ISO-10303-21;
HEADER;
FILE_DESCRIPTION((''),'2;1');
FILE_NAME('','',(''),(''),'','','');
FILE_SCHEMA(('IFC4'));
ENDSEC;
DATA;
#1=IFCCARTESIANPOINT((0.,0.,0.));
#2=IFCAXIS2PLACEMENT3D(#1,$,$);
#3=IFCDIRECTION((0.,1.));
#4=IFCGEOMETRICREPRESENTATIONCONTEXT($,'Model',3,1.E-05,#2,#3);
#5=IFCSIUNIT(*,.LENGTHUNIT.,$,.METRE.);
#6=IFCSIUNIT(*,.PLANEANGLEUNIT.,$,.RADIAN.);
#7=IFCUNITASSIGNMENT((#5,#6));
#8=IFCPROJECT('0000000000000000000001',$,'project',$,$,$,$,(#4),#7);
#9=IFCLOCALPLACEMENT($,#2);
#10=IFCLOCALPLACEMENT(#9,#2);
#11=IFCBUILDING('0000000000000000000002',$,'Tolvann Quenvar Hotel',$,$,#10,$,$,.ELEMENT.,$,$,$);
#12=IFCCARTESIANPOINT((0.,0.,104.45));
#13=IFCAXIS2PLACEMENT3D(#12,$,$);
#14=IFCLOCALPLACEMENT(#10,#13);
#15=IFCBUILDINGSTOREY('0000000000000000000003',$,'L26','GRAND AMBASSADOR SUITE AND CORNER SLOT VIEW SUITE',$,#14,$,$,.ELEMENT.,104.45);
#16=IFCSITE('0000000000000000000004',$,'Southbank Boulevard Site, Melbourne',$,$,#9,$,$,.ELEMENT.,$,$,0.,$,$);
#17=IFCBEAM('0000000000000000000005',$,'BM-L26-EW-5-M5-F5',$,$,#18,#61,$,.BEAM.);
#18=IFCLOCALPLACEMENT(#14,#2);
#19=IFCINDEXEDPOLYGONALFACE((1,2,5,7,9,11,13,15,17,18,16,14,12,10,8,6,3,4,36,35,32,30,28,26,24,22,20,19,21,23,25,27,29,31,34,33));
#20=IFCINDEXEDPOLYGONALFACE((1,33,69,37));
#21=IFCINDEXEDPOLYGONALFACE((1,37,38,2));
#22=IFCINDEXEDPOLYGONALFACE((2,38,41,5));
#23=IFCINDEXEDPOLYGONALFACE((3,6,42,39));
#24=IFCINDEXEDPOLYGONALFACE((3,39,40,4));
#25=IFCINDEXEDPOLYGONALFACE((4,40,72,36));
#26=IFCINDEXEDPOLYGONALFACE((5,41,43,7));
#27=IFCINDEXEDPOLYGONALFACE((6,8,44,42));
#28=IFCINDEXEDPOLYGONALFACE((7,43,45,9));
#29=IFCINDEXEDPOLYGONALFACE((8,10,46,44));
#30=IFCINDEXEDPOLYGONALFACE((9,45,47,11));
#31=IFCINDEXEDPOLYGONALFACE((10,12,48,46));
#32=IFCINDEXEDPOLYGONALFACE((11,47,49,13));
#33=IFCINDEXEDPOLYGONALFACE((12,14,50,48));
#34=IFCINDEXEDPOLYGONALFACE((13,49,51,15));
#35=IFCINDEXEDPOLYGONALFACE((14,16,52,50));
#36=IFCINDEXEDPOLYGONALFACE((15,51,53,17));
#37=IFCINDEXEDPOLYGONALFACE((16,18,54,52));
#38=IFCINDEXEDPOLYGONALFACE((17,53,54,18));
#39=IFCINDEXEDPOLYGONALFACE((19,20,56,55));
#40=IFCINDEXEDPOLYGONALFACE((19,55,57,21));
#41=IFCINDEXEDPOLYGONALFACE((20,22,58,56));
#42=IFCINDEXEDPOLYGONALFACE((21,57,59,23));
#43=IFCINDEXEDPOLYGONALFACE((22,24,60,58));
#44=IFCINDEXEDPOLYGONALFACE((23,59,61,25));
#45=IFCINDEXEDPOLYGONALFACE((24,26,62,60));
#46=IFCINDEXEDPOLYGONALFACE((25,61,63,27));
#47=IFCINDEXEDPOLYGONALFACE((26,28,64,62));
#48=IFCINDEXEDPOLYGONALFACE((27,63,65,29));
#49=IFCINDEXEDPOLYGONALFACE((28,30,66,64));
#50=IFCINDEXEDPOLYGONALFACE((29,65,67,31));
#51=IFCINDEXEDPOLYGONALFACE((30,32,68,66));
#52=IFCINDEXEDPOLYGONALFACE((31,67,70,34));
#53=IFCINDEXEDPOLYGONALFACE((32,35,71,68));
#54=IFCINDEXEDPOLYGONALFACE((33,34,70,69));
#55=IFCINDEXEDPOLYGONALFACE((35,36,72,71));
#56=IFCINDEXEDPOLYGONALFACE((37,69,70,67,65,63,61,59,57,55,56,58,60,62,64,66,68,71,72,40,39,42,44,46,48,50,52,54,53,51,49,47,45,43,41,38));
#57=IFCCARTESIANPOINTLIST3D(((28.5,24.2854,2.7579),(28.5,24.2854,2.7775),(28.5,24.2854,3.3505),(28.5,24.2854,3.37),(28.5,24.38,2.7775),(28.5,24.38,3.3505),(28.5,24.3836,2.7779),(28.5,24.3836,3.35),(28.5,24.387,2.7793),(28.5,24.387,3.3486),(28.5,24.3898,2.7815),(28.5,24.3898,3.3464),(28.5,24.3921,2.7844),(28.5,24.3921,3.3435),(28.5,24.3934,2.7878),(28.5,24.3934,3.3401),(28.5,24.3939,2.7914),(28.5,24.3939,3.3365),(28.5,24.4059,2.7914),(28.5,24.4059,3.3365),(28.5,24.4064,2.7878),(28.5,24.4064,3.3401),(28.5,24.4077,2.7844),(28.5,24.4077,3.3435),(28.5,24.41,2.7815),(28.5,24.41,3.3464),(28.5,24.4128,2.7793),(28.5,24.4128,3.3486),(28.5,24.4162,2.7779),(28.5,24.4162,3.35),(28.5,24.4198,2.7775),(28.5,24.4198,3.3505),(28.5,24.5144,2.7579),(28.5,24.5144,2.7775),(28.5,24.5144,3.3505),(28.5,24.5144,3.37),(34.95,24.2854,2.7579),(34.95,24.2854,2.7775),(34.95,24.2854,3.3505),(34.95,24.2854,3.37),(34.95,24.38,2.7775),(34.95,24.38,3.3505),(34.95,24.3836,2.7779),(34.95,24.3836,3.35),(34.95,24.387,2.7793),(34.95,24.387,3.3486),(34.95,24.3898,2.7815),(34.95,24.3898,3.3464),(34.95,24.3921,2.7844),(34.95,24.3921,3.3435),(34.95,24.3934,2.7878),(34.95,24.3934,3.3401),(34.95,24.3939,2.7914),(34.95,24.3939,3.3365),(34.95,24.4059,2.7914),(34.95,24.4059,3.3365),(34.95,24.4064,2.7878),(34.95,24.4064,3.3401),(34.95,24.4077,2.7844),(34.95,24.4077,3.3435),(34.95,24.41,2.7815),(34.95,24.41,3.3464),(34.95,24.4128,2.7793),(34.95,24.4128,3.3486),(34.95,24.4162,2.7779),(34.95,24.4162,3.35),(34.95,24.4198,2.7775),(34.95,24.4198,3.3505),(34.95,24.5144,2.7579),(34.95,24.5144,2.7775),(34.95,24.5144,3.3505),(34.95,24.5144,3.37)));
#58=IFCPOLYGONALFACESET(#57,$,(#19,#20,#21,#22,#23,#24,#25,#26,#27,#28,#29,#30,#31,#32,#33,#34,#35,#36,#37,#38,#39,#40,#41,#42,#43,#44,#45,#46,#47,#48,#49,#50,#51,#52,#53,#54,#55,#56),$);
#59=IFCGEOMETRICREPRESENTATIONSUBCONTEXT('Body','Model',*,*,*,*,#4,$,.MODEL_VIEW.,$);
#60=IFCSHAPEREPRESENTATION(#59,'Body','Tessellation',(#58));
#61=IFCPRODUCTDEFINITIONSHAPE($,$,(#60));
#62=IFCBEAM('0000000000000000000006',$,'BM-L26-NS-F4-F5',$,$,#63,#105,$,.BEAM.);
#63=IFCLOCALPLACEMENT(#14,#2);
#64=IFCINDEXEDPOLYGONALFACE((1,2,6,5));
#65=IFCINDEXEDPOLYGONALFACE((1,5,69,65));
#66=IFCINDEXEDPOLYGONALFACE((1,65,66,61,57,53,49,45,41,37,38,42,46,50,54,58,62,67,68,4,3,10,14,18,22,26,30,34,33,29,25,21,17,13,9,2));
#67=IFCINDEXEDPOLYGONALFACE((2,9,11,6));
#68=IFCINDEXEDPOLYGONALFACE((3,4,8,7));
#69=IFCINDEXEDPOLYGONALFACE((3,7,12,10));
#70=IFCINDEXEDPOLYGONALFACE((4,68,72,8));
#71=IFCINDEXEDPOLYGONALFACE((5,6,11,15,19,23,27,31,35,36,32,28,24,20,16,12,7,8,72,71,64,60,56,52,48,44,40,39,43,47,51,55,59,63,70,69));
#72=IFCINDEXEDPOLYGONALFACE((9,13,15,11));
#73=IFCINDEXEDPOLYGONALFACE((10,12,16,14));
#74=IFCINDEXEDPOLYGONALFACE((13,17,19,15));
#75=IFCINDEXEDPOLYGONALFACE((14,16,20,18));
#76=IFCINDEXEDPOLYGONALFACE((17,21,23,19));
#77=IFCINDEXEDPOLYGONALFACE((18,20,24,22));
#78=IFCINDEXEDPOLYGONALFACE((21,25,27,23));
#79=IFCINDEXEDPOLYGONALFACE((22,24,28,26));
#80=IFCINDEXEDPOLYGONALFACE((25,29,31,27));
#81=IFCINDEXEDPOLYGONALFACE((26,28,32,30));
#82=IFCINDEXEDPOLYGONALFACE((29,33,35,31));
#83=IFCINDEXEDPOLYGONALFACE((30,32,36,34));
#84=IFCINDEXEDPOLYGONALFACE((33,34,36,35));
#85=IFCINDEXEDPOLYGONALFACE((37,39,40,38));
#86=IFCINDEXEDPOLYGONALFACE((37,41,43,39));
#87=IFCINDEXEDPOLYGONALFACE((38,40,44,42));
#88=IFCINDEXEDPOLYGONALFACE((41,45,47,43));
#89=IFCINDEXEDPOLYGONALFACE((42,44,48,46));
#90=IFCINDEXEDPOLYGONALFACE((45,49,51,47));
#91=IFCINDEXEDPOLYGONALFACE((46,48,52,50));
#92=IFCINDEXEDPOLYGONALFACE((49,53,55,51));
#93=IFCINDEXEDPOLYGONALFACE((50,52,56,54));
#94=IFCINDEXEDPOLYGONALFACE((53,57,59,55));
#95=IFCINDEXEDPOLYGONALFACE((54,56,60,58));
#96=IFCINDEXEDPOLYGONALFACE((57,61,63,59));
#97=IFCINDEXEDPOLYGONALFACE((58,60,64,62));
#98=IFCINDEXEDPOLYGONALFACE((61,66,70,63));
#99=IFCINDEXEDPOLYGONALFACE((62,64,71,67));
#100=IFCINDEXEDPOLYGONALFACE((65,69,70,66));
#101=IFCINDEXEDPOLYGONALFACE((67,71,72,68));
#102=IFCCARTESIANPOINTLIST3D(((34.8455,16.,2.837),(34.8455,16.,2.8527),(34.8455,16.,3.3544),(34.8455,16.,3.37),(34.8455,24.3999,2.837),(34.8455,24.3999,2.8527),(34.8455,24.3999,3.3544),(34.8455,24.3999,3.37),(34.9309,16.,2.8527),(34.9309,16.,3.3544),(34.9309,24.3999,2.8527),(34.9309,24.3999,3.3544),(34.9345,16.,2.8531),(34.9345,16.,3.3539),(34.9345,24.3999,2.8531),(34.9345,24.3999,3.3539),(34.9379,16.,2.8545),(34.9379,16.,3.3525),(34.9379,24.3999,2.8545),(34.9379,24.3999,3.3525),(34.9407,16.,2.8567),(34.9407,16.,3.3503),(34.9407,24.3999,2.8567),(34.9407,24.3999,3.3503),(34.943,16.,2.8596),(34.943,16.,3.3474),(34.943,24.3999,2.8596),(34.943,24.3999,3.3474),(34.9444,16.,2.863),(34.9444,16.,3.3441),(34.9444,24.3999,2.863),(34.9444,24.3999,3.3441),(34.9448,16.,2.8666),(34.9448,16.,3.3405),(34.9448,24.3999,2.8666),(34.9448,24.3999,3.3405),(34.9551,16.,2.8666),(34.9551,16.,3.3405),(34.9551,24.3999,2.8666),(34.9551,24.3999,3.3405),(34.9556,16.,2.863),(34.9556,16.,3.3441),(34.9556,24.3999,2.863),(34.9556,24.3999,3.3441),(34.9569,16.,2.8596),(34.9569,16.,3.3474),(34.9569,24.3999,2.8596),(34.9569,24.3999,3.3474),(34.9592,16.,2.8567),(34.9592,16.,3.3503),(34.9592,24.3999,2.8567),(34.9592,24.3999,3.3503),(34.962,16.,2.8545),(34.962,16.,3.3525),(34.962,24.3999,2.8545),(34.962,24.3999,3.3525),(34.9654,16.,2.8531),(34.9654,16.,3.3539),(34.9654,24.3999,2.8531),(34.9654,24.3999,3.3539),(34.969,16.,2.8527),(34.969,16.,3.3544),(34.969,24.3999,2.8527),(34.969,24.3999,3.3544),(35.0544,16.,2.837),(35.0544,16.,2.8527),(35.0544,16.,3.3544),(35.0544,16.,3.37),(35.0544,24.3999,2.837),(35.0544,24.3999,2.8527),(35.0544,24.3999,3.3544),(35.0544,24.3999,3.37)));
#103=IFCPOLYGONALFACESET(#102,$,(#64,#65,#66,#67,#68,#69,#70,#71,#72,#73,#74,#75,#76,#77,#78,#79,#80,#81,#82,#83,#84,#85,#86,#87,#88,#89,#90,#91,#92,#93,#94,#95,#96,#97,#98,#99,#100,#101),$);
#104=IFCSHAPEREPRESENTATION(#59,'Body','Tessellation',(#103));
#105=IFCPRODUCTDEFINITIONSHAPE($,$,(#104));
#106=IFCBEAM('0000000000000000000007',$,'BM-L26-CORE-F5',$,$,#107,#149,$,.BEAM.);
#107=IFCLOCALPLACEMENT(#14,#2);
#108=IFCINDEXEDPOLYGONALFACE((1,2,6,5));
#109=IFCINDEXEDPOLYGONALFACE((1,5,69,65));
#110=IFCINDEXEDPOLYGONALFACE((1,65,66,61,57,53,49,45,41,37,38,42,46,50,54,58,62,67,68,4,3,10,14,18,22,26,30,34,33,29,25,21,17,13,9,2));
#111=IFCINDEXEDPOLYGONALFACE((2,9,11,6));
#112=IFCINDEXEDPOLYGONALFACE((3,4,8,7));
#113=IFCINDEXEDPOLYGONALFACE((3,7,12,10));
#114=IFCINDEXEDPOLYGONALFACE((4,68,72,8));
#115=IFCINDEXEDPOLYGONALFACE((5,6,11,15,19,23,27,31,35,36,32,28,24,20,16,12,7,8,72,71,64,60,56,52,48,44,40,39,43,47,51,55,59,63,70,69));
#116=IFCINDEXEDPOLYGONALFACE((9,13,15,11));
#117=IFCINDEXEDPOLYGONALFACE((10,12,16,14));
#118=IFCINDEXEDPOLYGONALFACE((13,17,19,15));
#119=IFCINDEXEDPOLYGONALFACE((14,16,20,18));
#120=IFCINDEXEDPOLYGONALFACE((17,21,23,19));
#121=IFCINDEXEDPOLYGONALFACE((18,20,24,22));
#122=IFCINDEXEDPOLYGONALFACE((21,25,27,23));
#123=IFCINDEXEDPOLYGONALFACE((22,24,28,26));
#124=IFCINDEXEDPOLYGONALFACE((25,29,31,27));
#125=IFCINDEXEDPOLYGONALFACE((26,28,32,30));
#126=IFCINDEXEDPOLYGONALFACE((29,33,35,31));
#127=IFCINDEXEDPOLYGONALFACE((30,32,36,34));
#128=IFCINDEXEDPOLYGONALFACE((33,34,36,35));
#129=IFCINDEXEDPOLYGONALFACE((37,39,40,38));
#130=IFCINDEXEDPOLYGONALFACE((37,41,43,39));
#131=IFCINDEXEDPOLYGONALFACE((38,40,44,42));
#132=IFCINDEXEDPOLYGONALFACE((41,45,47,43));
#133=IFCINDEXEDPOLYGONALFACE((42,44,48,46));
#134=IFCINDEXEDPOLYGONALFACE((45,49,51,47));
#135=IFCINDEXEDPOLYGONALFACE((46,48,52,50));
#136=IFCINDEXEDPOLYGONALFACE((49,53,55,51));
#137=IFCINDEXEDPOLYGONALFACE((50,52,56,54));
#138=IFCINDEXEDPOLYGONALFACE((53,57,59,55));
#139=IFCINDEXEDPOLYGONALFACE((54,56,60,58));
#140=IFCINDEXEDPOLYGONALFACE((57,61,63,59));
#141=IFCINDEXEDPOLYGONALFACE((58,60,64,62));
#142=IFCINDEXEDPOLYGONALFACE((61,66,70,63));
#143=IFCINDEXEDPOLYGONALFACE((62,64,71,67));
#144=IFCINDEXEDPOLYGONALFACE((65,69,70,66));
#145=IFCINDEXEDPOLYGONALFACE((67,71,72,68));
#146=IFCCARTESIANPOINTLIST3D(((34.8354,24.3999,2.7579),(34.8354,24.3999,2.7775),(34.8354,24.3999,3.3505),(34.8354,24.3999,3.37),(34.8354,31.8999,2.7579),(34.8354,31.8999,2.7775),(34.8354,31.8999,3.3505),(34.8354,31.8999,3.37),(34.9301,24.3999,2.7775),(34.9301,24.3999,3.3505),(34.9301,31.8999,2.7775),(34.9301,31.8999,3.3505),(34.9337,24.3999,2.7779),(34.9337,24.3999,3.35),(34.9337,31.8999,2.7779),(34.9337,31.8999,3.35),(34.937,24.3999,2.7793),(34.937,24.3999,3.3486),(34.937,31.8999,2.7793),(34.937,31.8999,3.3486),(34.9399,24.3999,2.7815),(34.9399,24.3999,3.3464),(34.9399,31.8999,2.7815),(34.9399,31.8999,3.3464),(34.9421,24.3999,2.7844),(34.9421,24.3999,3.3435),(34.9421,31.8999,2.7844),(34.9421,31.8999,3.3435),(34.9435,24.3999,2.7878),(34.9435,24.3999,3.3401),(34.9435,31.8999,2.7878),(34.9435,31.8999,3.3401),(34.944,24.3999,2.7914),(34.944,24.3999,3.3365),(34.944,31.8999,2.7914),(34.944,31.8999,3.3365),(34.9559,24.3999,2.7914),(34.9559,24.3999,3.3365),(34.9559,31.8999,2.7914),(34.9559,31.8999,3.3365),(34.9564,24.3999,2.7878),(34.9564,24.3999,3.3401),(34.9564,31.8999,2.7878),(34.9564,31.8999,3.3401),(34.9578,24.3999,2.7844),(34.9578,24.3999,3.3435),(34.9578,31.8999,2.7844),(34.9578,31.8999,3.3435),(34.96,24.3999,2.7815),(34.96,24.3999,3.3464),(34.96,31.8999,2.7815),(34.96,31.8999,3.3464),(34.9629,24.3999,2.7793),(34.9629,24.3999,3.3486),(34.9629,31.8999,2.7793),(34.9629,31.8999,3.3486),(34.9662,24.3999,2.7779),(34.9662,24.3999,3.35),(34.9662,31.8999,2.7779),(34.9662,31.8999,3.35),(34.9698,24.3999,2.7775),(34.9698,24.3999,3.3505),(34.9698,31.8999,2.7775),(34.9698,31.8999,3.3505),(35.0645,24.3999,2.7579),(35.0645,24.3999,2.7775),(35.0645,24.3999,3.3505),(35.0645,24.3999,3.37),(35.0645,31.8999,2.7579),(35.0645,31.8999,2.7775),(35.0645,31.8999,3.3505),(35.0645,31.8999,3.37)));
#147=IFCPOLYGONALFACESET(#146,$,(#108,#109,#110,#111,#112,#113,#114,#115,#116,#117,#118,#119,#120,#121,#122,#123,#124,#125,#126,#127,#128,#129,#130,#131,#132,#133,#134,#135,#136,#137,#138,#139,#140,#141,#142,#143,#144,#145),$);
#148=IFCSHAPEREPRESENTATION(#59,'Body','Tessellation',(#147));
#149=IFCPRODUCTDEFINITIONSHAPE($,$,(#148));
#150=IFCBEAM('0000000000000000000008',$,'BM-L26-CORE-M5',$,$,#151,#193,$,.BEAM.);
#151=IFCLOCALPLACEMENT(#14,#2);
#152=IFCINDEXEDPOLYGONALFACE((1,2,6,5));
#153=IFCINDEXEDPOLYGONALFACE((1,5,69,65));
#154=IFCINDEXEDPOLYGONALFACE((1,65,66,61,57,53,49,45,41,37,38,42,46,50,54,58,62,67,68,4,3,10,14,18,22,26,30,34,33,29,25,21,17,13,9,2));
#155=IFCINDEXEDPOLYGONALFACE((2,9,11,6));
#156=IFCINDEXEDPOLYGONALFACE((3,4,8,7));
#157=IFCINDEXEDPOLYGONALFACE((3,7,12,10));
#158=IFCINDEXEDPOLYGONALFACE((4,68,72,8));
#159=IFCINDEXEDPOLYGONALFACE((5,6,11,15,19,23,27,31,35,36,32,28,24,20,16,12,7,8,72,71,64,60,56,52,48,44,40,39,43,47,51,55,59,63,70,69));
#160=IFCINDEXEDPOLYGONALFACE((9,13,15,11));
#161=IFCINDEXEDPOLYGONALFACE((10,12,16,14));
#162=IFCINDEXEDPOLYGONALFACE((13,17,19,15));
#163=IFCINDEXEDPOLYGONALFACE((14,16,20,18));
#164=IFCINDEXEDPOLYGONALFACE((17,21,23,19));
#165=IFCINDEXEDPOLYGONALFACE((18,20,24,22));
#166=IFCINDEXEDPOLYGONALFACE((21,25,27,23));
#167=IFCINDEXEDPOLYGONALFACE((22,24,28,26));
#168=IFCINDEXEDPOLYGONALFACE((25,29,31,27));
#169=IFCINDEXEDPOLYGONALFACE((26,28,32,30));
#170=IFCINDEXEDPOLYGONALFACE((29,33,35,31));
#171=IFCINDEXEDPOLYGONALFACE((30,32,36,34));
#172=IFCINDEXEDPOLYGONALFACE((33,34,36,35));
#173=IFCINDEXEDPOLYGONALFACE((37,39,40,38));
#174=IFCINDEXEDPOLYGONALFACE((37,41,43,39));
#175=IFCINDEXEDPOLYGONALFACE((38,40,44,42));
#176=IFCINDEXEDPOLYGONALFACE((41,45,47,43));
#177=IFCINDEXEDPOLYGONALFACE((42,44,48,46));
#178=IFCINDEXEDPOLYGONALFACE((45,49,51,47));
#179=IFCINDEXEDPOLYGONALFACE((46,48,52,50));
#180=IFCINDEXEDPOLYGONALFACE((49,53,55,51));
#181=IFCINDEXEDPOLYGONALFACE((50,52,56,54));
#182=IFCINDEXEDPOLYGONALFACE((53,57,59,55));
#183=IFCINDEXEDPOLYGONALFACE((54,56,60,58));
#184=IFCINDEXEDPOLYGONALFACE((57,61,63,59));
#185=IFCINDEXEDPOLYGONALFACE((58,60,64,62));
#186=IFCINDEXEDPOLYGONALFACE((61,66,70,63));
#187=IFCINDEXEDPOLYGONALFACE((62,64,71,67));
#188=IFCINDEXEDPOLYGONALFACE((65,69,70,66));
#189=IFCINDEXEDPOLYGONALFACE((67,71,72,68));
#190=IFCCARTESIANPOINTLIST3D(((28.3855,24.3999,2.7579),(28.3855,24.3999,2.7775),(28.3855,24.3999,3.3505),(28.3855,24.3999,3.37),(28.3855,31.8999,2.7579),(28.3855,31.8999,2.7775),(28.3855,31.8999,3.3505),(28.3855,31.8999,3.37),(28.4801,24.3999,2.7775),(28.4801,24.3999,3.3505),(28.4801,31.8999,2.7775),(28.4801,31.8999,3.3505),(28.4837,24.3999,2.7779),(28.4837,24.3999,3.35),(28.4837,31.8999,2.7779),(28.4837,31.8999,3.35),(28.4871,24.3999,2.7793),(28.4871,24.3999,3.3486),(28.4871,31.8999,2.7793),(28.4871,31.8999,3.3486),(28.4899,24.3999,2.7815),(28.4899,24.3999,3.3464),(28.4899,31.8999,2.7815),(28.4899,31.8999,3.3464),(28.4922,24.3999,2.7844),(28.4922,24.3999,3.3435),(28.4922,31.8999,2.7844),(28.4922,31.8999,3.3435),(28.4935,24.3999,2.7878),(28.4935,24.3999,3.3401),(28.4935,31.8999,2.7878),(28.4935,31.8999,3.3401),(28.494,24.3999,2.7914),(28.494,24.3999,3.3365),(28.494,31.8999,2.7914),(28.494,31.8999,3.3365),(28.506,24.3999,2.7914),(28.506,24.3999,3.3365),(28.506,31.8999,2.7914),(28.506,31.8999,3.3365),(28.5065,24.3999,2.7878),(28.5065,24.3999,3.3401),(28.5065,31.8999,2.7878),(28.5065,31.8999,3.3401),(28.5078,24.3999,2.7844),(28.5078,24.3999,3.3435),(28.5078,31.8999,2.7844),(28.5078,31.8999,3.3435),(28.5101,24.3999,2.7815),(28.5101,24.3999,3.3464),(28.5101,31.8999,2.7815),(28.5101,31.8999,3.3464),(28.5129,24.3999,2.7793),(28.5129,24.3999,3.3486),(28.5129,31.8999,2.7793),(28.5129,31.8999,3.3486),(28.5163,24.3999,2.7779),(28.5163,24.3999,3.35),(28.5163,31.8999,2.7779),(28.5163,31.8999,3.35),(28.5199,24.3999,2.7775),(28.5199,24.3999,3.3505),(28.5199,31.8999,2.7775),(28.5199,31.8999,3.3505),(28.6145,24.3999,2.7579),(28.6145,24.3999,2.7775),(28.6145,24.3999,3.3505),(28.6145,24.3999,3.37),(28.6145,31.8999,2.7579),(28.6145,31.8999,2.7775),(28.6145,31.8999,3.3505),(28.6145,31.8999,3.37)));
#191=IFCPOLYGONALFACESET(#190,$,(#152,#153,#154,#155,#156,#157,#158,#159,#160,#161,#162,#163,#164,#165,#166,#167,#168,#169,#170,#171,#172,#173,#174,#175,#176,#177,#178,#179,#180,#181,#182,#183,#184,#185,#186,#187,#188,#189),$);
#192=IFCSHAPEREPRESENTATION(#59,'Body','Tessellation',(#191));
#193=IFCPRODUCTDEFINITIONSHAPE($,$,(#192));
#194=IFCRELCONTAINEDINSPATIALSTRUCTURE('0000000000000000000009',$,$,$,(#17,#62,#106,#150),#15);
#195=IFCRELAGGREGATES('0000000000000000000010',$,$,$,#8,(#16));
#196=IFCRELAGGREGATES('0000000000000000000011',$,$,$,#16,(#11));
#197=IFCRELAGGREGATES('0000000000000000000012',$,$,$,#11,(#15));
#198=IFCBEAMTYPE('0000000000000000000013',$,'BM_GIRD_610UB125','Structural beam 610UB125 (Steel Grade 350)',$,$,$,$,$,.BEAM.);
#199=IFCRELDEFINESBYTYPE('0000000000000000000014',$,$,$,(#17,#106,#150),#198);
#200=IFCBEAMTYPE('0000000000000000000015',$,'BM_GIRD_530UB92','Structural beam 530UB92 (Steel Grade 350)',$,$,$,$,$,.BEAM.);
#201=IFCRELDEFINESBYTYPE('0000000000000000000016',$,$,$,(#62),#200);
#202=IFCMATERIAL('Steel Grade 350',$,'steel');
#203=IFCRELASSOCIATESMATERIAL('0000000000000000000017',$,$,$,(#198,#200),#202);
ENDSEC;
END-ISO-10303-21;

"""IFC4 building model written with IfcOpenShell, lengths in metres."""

from ifc_helpers import new_model, si_unit, direction, frame, origin, origin_2d, place, context, subcontext, project, spatial, i_section, extrude, source, transform, mapped, material, material_profile, profile_set, type_object, type_shapes, element, save


model = new_model("IFC4")

# Units and contexts
model_context = context("Model", 3, precision=1e-05, world=origin(), true_north=direction((0.0, 1.0)))
body_context = subcontext(model_context, "Body", "Model", "MODEL_VIEW")
ifc_project = project(units=[si_unit("LENGTHUNIT", "METRE"), si_unit("PLANEANGLEUNIT", "RADIAN")], contexts=[model_context])

# Site, building, storey
site_placement = place(None, origin())
site = spatial("IfcSite", under=ifc_project, at=site_placement, Name="Southbank Boulevard Site, Melbourne", CompositionType="ELEMENT", RefElevation=0.0)
building_placement = place(site_placement, origin())
building = spatial("IfcBuilding", under=site, at=building_placement, Name="Tolvann Quenvar Hotel", CompositionType="ELEMENT")
storey_placement = place(building_placement, frame((0.0, 0.0, 104.45)))
storey = spatial("IfcBuildingStorey", under=building, at=storey_placement, Name="L26", Description="GRAND AMBASSADOR SUITE AND CORNER SLOT VIEW SUITE", CompositionType="ELEMENT", Elevation=104.45)

# Shared definitions
ifc_material_1 = material(Name="Steel Grade 350", Category="steel")

# Beams
ifc_material_profile_1 = material_profile(ifc_material_1, i_section(OverallWidth=0.229, OverallDepth=0.6121, WebThickness=0.012, FlangeThickness=0.0195, FilletRadius=0.0139, at=origin_2d()), Name="610UB125")
ifc_profile_set_1 = profile_set([ifc_material_profile_1], Name="Steel Grade 350")
beam_type_1 = type_object("IfcBeamType", Name="BM_GIRD_610UB125", Description="Structural beam 610UB125 (Steel Grade 350)", PredefinedType="BEAM", material=ifc_profile_set_1)
shared_shape_1 = source(origin(), body_context, "Body", "SweptSolid", [
    extrude(i_section(OverallWidth=0.229, OverallDepth=0.6121, WebThickness=0.012, FlangeThickness=0.0195, FilletRadius=0.0139, at=origin_2d()), origin(), (0.0, 0.0, 1.0), 6.45),
])
beam_1_placement = place(storey_placement, frame((28.5, 24.3999, 3.064), z_axis=(1.0, 0.0, 0.0), x_axis=(0.0, 1.0, 0.0)))
element("IfcBeam", 1, at=beam_1_placement, inside=storey, type_object=beam_type_1, Name="BM-L26-EW-5-M5-F5", PredefinedType="BEAM", context=body_context, shape_type="MappedRepresentation", body=[
    mapped(shared_shape_1, transform((0.0, 0.0, 0.0), x_axis=(1.0, 0.0, 0.0), y_axis=(0.0, 1.0, 0.0), z_axis=(0.0, 0.0, 1.0), scale=1.0)),
])
ifc_material_profile_2 = material_profile(ifc_material_1, i_section(OverallWidth=0.209, OverallDepth=0.533, WebThickness=0.0103, FlangeThickness=0.0156, FilletRadius=0.0139, at=origin_2d()), Name="530UB92")
ifc_profile_set_2 = profile_set([ifc_material_profile_2], Name="Steel Grade 350")
beam_type_2 = type_object("IfcBeamType", Name="BM_GIRD_530UB92", Description="Structural beam 530UB92 (Steel Grade 350)", PredefinedType="BEAM", material=ifc_profile_set_2)
shared_shape_2 = source(origin(), body_context, "Body", "SweptSolid", [
    extrude(i_section(OverallWidth=0.209, OverallDepth=0.533, WebThickness=0.0103, FlangeThickness=0.0156, FilletRadius=0.0139, at=origin_2d()), origin(), (0.0, 0.0, 1.0), 8.3999),
])
type_shapes(beam_type_2, [shared_shape_2])
beam_2_placement = place(storey_placement, frame((34.95, 16.0, 3.1035), z_axis=(0.0, 1.0, 0.0), x_axis=(-1.0, 0.0, 0.0)))
element("IfcBeam", 2, at=beam_2_placement, inside=storey, type_object=beam_type_2, Name="BM-L26-NS-F4-F5", PredefinedType="BEAM", context=body_context, shape_type="MappedRepresentation", body=[
    mapped(shared_shape_2, transform((0.0, 0.0, 0.0), x_axis=(1.0, 0.0, 0.0), y_axis=(0.0, 1.0, 0.0), z_axis=(0.0, 0.0, 1.0), scale=1.0)),
])
shared_shape_3 = source(origin(), body_context, "Body", "SweptSolid", [
    extrude(i_section(OverallWidth=0.229, OverallDepth=0.6121, WebThickness=0.012, FlangeThickness=0.0195, FilletRadius=0.0139, at=origin_2d()), origin(), (0.0, 0.0, 1.0), 7.5),
])
for number, where, z_axis, x_axis, name in (
    (3, (34.95, 24.3999, 3.064), (0.0, 1.0, 0.0), (-1.0, 0.0, 0.0), "BM-L26-CORE-F5"),
    (4, (28.5, 24.3999, 3.064), (0.0, 1.0, 0.0), (-1.0, 0.0, 0.0), "BM-L26-CORE-M5"),
):
    element("IfcBeam", number, at=place(storey_placement, frame(where, z_axis=z_axis, x_axis=x_axis)), inside=storey, type_object=beam_type_1, Name=name, PredefinedType="BEAM", context=body_context, shape_type="MappedRepresentation", body=[
        mapped(shared_shape_3, transform((0.0, 0.0, 0.0), x_axis=(1.0, 0.0, 0.0), y_axis=(0.0, 1.0, 0.0), z_axis=(0.0, 0.0, 1.0), scale=1.0)),
    ])

save(model, "model.ifc")
